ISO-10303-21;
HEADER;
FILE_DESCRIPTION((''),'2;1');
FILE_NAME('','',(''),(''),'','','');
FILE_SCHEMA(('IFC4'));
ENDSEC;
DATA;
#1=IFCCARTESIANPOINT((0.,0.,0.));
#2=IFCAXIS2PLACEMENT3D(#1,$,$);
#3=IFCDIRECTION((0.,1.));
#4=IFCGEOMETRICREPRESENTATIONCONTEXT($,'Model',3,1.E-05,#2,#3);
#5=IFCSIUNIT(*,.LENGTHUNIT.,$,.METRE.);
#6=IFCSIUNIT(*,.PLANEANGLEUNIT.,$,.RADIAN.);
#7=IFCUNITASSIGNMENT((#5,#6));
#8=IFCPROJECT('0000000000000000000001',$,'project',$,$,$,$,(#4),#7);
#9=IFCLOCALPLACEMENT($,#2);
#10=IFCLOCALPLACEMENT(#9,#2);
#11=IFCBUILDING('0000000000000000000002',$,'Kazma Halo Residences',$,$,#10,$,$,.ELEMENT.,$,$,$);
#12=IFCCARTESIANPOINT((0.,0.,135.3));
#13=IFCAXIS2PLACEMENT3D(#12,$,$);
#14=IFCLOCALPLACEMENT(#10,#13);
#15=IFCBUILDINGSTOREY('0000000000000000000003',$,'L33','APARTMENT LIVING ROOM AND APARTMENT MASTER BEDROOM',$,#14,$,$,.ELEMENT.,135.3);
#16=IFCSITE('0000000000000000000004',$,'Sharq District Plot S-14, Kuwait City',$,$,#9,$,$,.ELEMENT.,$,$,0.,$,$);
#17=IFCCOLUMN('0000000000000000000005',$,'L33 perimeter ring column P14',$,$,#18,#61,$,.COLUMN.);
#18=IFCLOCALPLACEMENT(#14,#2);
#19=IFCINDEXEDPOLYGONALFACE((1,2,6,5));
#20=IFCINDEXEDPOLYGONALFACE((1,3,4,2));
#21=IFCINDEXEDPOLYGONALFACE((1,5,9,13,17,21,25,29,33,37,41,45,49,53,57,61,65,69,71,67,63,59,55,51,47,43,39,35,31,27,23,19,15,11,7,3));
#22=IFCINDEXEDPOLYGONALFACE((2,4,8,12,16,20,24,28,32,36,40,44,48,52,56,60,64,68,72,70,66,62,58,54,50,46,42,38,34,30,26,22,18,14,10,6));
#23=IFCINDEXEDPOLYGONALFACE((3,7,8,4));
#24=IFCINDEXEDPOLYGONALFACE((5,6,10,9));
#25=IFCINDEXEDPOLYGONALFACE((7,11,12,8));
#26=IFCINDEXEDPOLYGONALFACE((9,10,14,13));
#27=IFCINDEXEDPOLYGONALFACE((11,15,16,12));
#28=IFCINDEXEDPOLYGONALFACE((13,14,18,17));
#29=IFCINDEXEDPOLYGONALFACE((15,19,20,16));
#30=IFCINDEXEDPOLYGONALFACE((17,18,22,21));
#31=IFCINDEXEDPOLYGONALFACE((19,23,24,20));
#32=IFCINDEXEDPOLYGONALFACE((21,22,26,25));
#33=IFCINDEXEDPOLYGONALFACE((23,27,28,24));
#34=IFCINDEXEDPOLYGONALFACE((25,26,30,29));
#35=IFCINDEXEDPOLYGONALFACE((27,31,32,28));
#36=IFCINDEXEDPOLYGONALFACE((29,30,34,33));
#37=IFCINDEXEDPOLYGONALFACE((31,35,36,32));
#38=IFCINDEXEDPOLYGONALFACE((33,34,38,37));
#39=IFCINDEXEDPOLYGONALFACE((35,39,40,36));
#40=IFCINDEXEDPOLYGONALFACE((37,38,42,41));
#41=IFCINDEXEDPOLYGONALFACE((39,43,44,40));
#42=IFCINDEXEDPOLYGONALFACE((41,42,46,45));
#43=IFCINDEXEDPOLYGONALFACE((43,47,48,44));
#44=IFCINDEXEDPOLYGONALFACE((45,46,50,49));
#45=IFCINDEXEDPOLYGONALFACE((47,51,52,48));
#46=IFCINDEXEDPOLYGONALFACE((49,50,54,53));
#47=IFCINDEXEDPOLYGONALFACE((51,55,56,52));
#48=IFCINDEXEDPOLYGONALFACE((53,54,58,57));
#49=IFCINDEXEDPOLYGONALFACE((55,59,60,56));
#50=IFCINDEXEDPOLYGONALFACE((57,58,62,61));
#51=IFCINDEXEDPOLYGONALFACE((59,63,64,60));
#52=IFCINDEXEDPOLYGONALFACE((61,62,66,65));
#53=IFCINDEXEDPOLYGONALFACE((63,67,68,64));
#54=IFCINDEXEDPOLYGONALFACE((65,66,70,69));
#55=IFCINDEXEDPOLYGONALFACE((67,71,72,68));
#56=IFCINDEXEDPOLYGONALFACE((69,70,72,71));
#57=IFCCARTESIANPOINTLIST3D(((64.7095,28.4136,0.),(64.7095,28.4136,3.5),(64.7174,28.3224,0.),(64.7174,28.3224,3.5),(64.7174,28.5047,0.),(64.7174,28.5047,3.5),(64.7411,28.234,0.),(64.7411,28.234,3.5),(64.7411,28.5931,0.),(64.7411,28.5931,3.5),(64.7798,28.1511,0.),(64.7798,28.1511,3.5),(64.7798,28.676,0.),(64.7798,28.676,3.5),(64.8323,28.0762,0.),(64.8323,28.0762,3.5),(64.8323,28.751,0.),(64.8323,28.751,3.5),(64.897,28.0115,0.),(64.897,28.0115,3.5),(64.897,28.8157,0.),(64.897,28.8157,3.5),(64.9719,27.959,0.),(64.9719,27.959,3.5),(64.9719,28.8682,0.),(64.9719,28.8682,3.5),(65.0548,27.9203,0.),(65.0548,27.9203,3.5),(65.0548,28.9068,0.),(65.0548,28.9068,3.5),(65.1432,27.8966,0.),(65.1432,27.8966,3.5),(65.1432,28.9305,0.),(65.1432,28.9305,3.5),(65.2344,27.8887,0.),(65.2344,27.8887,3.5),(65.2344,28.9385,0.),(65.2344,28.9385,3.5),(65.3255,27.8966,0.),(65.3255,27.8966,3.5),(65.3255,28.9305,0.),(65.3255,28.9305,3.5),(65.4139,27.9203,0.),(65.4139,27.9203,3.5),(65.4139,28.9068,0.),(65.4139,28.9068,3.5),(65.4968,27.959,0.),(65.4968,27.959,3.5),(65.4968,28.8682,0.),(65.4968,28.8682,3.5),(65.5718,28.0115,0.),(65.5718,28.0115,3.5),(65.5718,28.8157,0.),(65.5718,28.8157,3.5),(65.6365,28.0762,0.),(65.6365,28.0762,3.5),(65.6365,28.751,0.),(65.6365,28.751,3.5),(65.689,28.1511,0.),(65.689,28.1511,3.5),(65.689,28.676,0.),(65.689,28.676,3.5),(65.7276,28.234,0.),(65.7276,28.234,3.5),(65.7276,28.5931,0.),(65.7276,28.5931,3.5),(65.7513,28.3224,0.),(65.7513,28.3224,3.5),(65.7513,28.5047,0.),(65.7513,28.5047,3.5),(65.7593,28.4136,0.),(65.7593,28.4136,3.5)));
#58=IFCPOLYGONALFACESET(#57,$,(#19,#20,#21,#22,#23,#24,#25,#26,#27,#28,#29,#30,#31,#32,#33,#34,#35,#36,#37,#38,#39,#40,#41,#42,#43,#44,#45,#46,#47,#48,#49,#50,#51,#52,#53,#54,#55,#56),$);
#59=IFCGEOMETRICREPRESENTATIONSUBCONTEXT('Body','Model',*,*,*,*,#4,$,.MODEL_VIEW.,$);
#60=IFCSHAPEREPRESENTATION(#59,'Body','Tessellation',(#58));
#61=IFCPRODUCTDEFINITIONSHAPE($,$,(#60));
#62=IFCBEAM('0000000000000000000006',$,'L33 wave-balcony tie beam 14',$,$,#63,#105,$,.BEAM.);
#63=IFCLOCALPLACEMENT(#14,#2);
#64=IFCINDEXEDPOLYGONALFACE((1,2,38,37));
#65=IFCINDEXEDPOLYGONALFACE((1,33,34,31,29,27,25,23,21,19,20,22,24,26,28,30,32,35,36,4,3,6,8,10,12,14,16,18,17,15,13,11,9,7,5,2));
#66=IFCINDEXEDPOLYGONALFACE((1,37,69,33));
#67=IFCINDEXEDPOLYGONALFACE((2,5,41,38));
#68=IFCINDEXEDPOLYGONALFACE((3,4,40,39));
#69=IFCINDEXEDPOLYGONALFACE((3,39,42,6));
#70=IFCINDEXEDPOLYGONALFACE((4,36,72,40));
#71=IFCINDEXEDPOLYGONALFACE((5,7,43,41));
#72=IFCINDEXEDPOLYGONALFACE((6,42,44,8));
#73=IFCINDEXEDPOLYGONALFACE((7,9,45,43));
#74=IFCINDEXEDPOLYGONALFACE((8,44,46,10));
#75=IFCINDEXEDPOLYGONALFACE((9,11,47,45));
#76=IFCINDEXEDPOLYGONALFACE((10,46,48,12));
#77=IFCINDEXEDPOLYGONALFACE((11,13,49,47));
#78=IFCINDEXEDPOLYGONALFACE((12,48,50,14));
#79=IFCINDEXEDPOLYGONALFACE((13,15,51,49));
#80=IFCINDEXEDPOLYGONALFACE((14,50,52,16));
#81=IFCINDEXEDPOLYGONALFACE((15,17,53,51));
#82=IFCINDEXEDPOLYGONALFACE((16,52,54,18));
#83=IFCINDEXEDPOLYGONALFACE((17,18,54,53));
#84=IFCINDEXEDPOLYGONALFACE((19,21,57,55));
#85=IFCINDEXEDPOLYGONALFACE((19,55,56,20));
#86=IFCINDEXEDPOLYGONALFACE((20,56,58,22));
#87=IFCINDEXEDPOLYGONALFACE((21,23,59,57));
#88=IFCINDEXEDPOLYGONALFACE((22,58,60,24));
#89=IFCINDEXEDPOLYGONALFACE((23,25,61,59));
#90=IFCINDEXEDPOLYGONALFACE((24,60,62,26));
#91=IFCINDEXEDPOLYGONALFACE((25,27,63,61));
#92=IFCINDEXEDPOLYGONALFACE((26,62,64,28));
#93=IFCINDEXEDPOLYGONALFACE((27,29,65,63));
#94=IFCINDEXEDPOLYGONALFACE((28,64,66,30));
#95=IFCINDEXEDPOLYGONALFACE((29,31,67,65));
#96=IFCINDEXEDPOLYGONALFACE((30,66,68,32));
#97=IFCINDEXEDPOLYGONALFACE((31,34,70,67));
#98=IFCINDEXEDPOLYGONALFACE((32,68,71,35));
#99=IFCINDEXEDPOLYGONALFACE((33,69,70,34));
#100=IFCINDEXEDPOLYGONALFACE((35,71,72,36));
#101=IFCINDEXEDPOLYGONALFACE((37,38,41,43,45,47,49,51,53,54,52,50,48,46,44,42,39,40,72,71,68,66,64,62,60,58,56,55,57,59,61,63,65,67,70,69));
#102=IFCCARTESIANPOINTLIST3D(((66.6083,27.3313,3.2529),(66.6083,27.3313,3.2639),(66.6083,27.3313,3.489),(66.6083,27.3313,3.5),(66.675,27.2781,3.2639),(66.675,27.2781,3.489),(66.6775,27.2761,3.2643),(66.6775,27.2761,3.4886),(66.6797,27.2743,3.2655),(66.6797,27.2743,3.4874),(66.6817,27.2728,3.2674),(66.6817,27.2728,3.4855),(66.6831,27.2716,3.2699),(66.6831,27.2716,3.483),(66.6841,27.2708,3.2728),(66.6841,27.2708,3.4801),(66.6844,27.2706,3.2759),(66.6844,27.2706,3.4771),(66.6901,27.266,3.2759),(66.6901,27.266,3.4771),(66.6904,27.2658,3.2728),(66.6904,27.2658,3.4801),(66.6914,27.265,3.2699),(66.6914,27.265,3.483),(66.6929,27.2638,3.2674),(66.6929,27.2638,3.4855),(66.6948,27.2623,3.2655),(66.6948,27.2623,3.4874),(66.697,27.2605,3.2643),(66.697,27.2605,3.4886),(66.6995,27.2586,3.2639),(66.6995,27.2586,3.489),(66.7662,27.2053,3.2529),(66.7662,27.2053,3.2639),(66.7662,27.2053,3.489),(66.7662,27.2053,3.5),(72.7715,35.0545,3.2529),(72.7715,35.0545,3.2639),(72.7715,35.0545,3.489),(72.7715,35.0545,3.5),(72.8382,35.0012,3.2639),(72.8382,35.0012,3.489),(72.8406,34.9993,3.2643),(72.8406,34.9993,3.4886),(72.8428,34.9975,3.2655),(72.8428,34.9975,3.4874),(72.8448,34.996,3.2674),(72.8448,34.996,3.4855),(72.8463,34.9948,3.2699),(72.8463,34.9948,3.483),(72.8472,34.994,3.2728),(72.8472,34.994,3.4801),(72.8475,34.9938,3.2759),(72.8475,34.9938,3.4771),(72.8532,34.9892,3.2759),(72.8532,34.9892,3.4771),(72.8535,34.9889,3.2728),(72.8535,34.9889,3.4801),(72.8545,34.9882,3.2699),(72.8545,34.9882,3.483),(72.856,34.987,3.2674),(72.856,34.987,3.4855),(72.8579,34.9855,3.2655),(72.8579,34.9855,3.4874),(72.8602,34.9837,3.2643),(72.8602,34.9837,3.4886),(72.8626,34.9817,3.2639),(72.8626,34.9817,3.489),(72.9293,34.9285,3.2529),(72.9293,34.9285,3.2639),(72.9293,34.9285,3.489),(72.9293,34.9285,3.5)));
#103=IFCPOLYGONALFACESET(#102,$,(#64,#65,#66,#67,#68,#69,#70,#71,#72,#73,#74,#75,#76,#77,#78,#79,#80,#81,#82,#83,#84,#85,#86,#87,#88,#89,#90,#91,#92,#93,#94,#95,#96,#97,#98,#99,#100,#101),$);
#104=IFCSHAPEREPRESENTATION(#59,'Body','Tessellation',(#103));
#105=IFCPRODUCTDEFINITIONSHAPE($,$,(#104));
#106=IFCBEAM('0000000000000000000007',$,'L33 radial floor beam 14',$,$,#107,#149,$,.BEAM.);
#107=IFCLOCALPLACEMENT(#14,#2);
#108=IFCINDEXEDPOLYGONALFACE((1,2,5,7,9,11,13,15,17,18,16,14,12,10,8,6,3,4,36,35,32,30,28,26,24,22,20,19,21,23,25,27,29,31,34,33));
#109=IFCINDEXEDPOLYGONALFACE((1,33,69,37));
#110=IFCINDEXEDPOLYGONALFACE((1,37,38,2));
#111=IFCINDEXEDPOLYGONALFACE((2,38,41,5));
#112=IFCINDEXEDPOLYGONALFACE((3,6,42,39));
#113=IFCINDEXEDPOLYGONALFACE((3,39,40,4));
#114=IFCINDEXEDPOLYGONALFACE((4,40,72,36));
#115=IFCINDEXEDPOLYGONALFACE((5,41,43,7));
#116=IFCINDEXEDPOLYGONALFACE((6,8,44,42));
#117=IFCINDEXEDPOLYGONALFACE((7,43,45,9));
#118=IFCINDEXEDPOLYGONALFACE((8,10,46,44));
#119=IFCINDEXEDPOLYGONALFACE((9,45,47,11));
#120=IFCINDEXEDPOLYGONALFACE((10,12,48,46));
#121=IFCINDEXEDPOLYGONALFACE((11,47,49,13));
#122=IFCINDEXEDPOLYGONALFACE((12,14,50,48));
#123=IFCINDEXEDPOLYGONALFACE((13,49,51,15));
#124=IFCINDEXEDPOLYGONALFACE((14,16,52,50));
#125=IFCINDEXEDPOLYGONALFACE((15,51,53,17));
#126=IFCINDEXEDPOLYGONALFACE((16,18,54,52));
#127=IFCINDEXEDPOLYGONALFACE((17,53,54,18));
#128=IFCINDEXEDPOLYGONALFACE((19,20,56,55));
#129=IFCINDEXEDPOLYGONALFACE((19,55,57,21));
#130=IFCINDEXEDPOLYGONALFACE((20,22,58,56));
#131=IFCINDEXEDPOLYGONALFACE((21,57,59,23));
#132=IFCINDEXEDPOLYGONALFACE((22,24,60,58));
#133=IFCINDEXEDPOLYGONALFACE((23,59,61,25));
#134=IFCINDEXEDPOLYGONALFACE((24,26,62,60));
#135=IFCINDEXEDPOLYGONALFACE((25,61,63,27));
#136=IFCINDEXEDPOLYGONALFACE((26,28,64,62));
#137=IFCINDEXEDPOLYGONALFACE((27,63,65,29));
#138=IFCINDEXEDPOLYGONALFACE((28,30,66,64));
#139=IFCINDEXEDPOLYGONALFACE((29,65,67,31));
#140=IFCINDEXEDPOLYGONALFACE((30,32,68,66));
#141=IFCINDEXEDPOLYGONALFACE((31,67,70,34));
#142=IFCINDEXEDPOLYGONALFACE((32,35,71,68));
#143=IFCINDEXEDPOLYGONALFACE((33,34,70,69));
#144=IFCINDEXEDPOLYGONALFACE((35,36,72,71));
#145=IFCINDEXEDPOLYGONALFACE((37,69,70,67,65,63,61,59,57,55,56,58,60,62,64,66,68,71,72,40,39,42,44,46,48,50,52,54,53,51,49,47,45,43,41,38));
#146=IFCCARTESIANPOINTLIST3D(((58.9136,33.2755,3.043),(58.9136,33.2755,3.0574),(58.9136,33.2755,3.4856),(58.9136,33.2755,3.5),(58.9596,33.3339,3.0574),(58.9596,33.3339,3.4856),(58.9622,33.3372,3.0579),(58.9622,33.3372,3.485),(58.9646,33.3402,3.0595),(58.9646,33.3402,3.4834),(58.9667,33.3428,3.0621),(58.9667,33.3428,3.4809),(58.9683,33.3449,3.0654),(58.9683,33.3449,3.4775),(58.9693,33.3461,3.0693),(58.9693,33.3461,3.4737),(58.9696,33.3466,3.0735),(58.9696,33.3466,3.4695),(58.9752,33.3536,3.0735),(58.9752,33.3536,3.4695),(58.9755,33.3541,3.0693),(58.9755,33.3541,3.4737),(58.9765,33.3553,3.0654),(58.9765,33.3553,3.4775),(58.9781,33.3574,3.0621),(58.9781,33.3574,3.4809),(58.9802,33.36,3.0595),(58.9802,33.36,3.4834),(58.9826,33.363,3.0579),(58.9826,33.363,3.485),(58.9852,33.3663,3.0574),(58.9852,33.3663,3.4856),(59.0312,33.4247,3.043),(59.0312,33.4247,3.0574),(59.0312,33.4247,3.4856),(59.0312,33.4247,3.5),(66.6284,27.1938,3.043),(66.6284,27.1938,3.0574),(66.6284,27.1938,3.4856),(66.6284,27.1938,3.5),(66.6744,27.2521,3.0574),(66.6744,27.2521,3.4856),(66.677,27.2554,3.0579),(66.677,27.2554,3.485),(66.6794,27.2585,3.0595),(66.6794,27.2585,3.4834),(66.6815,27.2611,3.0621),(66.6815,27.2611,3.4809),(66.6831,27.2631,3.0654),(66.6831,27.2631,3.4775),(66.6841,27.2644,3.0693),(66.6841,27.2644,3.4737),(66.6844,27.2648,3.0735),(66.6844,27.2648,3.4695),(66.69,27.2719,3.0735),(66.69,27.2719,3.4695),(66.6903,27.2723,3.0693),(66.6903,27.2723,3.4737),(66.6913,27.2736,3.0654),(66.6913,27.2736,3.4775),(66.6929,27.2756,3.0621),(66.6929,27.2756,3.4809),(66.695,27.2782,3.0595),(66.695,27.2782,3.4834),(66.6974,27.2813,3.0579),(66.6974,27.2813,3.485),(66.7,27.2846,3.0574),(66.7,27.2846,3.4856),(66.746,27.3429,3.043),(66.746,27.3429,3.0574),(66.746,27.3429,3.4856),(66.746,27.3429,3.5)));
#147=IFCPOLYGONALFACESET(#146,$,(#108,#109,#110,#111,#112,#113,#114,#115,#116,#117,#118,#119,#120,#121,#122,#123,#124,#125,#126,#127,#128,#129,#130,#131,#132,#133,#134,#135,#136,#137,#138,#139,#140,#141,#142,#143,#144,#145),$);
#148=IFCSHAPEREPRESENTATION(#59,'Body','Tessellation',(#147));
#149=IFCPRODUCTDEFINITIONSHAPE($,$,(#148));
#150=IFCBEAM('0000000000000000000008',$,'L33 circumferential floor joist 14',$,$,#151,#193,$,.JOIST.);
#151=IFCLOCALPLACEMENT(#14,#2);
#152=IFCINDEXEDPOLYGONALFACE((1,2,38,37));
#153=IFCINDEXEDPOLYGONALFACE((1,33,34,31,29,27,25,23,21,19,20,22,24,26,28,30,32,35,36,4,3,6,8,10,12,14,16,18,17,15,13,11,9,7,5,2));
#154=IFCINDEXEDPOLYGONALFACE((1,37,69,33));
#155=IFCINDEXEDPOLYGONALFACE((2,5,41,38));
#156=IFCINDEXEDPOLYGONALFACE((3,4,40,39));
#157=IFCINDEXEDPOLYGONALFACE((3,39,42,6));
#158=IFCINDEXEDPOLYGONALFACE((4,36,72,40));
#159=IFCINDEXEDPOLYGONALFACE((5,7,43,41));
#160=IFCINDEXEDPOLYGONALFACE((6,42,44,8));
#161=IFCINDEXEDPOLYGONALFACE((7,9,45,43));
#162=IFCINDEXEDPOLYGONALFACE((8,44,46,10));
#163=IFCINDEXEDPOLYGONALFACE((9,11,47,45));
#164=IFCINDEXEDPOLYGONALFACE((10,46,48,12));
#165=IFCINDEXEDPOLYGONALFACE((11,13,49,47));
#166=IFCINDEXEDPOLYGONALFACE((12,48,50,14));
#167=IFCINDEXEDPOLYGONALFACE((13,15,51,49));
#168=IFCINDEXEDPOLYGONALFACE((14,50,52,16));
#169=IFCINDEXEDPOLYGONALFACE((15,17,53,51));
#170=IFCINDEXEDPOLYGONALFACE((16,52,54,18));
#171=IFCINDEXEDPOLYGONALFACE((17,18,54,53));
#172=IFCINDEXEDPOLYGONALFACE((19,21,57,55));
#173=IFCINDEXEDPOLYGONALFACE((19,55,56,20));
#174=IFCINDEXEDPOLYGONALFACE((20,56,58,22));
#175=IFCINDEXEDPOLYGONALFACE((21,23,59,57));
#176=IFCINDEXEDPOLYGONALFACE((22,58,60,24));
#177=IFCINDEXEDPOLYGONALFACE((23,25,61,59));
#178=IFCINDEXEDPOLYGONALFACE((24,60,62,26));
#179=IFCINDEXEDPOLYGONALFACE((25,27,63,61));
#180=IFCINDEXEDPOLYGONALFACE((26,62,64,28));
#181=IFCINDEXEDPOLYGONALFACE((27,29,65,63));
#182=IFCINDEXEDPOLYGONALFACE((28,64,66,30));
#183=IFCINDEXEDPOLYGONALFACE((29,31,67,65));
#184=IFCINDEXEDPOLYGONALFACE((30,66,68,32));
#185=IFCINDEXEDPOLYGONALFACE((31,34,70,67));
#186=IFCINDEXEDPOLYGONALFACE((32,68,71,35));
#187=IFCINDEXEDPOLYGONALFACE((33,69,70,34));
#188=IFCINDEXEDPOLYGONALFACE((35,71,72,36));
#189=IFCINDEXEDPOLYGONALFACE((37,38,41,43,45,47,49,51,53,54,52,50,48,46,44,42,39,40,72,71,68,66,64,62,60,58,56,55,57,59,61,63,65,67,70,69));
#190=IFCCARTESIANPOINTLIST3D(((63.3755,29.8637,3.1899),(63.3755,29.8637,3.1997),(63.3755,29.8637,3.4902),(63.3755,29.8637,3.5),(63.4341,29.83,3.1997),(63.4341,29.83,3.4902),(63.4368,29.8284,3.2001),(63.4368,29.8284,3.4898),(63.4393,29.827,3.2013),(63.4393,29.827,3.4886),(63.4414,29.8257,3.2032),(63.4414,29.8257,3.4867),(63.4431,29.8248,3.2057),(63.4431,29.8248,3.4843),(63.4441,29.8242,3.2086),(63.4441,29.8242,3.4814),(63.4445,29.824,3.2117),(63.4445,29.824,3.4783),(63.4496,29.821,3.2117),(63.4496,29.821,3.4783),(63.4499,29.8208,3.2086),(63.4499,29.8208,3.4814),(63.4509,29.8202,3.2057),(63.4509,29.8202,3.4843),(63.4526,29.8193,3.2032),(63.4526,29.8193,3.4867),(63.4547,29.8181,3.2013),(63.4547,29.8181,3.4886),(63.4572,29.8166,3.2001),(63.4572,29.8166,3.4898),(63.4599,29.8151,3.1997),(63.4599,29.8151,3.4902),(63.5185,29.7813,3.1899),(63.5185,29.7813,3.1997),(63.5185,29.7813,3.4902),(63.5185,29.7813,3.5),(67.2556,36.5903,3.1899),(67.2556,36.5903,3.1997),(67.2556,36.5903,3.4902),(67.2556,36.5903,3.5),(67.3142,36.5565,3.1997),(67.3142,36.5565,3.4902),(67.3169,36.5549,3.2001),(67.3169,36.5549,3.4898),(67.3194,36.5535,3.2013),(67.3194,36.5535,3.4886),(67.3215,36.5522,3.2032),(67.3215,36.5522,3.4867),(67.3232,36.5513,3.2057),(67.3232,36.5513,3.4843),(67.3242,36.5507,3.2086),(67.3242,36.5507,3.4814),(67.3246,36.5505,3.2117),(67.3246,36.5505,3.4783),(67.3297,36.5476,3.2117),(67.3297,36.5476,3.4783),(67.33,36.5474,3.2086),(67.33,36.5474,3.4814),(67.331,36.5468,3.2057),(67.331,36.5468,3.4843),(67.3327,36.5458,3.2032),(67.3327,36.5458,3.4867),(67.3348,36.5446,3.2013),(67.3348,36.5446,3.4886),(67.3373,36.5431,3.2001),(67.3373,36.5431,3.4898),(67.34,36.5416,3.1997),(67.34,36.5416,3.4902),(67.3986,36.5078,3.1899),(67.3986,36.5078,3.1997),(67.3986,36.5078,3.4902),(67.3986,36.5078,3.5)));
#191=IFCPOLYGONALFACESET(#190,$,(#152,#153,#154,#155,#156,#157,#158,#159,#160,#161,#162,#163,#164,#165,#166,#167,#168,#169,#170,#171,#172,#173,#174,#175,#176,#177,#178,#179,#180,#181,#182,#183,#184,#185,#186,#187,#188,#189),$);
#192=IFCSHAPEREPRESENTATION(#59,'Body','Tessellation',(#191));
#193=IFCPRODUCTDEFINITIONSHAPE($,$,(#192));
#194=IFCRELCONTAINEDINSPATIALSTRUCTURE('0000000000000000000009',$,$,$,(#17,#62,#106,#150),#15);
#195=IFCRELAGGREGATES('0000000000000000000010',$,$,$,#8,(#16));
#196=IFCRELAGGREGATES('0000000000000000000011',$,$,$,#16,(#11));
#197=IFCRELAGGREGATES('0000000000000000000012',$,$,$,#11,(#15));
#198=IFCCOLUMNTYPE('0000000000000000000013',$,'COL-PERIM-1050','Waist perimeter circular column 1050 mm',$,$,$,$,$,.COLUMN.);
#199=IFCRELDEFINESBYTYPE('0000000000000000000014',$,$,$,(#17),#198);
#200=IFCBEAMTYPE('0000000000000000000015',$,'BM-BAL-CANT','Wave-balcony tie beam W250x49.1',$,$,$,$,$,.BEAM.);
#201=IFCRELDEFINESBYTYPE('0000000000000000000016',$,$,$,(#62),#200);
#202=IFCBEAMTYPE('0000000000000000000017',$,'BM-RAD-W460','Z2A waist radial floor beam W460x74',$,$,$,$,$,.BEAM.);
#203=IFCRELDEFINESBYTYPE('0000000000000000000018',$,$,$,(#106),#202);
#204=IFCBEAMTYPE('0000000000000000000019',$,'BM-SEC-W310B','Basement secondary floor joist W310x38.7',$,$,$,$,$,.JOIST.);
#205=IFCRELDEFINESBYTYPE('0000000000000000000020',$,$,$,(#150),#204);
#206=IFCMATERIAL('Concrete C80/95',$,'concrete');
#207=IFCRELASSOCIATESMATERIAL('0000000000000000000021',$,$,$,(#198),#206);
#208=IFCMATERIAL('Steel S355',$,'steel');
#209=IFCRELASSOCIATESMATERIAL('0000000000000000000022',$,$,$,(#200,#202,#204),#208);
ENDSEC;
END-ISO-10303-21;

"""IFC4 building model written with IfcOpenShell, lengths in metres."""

from ifc_helpers import new_model, si_unit, direction, frame, origin, origin_2d, place, context, subcontext, project, spatial, circle, i_section, extrude, material, material_profile, profile_set, type_object, element, save


model = new_model("IFC4")

# Units and contexts
model_context = context("Model", 3, precision=1e-05, world=origin(), true_north=direction((0.0, 1.0)))
body_context = subcontext(model_context, "Body", "Model", "MODEL_VIEW")
ifc_project = project(units=[si_unit("LENGTHUNIT", "METRE"), si_unit("PLANEANGLEUNIT", "RADIAN")], contexts=[model_context])

# Site, building, storey
site_placement = place(None, origin())
site = spatial("IfcSite", under=ifc_project, at=site_placement, Name="Sharq District Plot S-14, Kuwait City", CompositionType="ELEMENT", RefElevation=0.0)
building_placement = place(site_placement, origin())
building = spatial("IfcBuilding", under=site, at=building_placement, Name="Kazma Halo Residences", CompositionType="ELEMENT")
storey_placement = place(building_placement, frame((0.0, 0.0, 135.3)))
storey = spatial("IfcBuildingStorey", under=building, at=storey_placement, Name="L33", Description="APARTMENT LIVING ROOM AND APARTMENT MASTER BEDROOM", CompositionType="ELEMENT", Elevation=135.3)

# Column
ifc_material_1 = material(Name="Concrete C80/95", Category="concrete")
ifc_material_profile_1 = material_profile(ifc_material_1, circle(Radius=0.5249, at=origin_2d()), Name="CIRC1050")
ifc_profile_set_1 = profile_set([ifc_material_profile_1], Name="Concrete C80/95")
column_type = type_object("IfcColumnType", Name="COL-PERIM-1050", Description="Waist perimeter circular column 1050 mm", PredefinedType="COLUMN", material=ifc_profile_set_1)
column_placement = place(storey_placement, frame((65.2344, 28.4136, 0.0), z_axis=(0.0, 0.0, 1.0), x_axis=(1.0, 0.0, 0.0)))
element("IfcColumn", 1, at=column_placement, inside=storey, type_object=column_type, Name="L33 perimeter ring column P14", PredefinedType="COLUMN", context=body_context, shape_type="SweptSolid", body=[
    extrude(circle(Radius=0.5249, at=origin_2d()), origin(), (0.0, 0.0, 1.0), 3.5),
])

# Beams
ifc_material_2 = material(Name="Steel S355", Category="steel")
ifc_material_profile_2 = material_profile(ifc_material_2, i_section(OverallWidth=0.2019, OverallDepth=0.2471, WebThickness=0.0073, FlangeThickness=0.011, FilletRadius=0.012, at=origin_2d()), Name="W250x49.1")
ifc_profile_set_2 = profile_set([ifc_material_profile_2], Name="Steel S355")
beam_type_1 = type_object("IfcBeamType", Name="BM-BAL-CANT", Description="Wave-balcony tie beam W250x49.1", PredefinedType="BEAM", material=ifc_profile_set_2)
beam_1_placement = place(storey_placement, frame((66.6873, 27.2683, 3.3765), z_axis=(0.623742, 0.78163, 0.0), x_axis=(-0.78163, 0.623742, 0.0)))
element("IfcBeam", 2, at=beam_1_placement, inside=storey, type_object=beam_type_1, Name="L33 wave-balcony tie beam 14", PredefinedType="BEAM", context=body_context, shape_type="SweptSolid", body=[
    extrude(i_section(OverallWidth=0.2019, OverallDepth=0.2471, WebThickness=0.0073, FlangeThickness=0.011, FilletRadius=0.012, at=origin_2d()), origin(), (0.0, 0.0, 1.0), 9.8809),
])
ifc_material_profile_3 = material_profile(ifc_material_2, i_section(OverallWidth=0.1899, OverallDepth=0.457, WebThickness=0.009, FlangeThickness=0.0144, FilletRadius=0.0161, at=origin_2d()), Name="W460x74")
ifc_profile_set_3 = profile_set([ifc_material_profile_3], Name="Steel S355")
beam_type_2 = type_object("IfcBeamType", Name="BM-RAD-W460", Description="Z2A waist radial floor beam W460x74", PredefinedType="BEAM", material=ifc_profile_set_3)
beam_2_placement = place(storey_placement, frame((58.9724, 33.3501, 3.2715), z_axis=(0.785322, -0.619087, 0.0), x_axis=(0.619087, 0.785322, 0.0)))
element("IfcBeam", 3, at=beam_2_placement, inside=storey, type_object=beam_type_2, Name="L33 radial floor beam 14", PredefinedType="BEAM", context=body_context, shape_type="SweptSolid", body=[
    extrude(i_section(OverallWidth=0.1899, OverallDepth=0.457, WebThickness=0.009, FlangeThickness=0.0144, FilletRadius=0.0161, at=origin_2d()), origin(), (0.0, 0.0, 1.0), 9.8237),
])
ifc_material_profile_4 = material_profile(ifc_material_2, i_section(OverallWidth=0.165, OverallDepth=0.3101, WebThickness=0.0059, FlangeThickness=0.0098, FilletRadius=0.012, at=origin_2d()), Name="W310x38.7")
ifc_profile_set_4 = profile_set([ifc_material_profile_4], Name="Steel S355")
beam_type_3 = type_object("IfcBeamType", Name="BM-SEC-W310B", Description="Basement secondary floor joist W310x38.7", PredefinedType="JOIST", material=ifc_profile_set_4)
beam_3_placement = place(storey_placement, frame((63.447, 29.8225, 3.345), z_axis=(0.499666, 0.866218, 0.0), x_axis=(-0.866218, 0.499666, 0.0)))
element("IfcBeam", 4, at=beam_3_placement, inside=storey, type_object=beam_type_3, Name="L33 circumferential floor joist 14", PredefinedType="JOIST", context=body_context, shape_type="SweptSolid", body=[
    extrude(i_section(OverallWidth=0.165, OverallDepth=0.3101, WebThickness=0.0059, FlangeThickness=0.0098, FilletRadius=0.012, at=origin_2d()), origin(), (0.0, 0.0, 1.0), 7.7654),
])

save(model, "model.ifc")
